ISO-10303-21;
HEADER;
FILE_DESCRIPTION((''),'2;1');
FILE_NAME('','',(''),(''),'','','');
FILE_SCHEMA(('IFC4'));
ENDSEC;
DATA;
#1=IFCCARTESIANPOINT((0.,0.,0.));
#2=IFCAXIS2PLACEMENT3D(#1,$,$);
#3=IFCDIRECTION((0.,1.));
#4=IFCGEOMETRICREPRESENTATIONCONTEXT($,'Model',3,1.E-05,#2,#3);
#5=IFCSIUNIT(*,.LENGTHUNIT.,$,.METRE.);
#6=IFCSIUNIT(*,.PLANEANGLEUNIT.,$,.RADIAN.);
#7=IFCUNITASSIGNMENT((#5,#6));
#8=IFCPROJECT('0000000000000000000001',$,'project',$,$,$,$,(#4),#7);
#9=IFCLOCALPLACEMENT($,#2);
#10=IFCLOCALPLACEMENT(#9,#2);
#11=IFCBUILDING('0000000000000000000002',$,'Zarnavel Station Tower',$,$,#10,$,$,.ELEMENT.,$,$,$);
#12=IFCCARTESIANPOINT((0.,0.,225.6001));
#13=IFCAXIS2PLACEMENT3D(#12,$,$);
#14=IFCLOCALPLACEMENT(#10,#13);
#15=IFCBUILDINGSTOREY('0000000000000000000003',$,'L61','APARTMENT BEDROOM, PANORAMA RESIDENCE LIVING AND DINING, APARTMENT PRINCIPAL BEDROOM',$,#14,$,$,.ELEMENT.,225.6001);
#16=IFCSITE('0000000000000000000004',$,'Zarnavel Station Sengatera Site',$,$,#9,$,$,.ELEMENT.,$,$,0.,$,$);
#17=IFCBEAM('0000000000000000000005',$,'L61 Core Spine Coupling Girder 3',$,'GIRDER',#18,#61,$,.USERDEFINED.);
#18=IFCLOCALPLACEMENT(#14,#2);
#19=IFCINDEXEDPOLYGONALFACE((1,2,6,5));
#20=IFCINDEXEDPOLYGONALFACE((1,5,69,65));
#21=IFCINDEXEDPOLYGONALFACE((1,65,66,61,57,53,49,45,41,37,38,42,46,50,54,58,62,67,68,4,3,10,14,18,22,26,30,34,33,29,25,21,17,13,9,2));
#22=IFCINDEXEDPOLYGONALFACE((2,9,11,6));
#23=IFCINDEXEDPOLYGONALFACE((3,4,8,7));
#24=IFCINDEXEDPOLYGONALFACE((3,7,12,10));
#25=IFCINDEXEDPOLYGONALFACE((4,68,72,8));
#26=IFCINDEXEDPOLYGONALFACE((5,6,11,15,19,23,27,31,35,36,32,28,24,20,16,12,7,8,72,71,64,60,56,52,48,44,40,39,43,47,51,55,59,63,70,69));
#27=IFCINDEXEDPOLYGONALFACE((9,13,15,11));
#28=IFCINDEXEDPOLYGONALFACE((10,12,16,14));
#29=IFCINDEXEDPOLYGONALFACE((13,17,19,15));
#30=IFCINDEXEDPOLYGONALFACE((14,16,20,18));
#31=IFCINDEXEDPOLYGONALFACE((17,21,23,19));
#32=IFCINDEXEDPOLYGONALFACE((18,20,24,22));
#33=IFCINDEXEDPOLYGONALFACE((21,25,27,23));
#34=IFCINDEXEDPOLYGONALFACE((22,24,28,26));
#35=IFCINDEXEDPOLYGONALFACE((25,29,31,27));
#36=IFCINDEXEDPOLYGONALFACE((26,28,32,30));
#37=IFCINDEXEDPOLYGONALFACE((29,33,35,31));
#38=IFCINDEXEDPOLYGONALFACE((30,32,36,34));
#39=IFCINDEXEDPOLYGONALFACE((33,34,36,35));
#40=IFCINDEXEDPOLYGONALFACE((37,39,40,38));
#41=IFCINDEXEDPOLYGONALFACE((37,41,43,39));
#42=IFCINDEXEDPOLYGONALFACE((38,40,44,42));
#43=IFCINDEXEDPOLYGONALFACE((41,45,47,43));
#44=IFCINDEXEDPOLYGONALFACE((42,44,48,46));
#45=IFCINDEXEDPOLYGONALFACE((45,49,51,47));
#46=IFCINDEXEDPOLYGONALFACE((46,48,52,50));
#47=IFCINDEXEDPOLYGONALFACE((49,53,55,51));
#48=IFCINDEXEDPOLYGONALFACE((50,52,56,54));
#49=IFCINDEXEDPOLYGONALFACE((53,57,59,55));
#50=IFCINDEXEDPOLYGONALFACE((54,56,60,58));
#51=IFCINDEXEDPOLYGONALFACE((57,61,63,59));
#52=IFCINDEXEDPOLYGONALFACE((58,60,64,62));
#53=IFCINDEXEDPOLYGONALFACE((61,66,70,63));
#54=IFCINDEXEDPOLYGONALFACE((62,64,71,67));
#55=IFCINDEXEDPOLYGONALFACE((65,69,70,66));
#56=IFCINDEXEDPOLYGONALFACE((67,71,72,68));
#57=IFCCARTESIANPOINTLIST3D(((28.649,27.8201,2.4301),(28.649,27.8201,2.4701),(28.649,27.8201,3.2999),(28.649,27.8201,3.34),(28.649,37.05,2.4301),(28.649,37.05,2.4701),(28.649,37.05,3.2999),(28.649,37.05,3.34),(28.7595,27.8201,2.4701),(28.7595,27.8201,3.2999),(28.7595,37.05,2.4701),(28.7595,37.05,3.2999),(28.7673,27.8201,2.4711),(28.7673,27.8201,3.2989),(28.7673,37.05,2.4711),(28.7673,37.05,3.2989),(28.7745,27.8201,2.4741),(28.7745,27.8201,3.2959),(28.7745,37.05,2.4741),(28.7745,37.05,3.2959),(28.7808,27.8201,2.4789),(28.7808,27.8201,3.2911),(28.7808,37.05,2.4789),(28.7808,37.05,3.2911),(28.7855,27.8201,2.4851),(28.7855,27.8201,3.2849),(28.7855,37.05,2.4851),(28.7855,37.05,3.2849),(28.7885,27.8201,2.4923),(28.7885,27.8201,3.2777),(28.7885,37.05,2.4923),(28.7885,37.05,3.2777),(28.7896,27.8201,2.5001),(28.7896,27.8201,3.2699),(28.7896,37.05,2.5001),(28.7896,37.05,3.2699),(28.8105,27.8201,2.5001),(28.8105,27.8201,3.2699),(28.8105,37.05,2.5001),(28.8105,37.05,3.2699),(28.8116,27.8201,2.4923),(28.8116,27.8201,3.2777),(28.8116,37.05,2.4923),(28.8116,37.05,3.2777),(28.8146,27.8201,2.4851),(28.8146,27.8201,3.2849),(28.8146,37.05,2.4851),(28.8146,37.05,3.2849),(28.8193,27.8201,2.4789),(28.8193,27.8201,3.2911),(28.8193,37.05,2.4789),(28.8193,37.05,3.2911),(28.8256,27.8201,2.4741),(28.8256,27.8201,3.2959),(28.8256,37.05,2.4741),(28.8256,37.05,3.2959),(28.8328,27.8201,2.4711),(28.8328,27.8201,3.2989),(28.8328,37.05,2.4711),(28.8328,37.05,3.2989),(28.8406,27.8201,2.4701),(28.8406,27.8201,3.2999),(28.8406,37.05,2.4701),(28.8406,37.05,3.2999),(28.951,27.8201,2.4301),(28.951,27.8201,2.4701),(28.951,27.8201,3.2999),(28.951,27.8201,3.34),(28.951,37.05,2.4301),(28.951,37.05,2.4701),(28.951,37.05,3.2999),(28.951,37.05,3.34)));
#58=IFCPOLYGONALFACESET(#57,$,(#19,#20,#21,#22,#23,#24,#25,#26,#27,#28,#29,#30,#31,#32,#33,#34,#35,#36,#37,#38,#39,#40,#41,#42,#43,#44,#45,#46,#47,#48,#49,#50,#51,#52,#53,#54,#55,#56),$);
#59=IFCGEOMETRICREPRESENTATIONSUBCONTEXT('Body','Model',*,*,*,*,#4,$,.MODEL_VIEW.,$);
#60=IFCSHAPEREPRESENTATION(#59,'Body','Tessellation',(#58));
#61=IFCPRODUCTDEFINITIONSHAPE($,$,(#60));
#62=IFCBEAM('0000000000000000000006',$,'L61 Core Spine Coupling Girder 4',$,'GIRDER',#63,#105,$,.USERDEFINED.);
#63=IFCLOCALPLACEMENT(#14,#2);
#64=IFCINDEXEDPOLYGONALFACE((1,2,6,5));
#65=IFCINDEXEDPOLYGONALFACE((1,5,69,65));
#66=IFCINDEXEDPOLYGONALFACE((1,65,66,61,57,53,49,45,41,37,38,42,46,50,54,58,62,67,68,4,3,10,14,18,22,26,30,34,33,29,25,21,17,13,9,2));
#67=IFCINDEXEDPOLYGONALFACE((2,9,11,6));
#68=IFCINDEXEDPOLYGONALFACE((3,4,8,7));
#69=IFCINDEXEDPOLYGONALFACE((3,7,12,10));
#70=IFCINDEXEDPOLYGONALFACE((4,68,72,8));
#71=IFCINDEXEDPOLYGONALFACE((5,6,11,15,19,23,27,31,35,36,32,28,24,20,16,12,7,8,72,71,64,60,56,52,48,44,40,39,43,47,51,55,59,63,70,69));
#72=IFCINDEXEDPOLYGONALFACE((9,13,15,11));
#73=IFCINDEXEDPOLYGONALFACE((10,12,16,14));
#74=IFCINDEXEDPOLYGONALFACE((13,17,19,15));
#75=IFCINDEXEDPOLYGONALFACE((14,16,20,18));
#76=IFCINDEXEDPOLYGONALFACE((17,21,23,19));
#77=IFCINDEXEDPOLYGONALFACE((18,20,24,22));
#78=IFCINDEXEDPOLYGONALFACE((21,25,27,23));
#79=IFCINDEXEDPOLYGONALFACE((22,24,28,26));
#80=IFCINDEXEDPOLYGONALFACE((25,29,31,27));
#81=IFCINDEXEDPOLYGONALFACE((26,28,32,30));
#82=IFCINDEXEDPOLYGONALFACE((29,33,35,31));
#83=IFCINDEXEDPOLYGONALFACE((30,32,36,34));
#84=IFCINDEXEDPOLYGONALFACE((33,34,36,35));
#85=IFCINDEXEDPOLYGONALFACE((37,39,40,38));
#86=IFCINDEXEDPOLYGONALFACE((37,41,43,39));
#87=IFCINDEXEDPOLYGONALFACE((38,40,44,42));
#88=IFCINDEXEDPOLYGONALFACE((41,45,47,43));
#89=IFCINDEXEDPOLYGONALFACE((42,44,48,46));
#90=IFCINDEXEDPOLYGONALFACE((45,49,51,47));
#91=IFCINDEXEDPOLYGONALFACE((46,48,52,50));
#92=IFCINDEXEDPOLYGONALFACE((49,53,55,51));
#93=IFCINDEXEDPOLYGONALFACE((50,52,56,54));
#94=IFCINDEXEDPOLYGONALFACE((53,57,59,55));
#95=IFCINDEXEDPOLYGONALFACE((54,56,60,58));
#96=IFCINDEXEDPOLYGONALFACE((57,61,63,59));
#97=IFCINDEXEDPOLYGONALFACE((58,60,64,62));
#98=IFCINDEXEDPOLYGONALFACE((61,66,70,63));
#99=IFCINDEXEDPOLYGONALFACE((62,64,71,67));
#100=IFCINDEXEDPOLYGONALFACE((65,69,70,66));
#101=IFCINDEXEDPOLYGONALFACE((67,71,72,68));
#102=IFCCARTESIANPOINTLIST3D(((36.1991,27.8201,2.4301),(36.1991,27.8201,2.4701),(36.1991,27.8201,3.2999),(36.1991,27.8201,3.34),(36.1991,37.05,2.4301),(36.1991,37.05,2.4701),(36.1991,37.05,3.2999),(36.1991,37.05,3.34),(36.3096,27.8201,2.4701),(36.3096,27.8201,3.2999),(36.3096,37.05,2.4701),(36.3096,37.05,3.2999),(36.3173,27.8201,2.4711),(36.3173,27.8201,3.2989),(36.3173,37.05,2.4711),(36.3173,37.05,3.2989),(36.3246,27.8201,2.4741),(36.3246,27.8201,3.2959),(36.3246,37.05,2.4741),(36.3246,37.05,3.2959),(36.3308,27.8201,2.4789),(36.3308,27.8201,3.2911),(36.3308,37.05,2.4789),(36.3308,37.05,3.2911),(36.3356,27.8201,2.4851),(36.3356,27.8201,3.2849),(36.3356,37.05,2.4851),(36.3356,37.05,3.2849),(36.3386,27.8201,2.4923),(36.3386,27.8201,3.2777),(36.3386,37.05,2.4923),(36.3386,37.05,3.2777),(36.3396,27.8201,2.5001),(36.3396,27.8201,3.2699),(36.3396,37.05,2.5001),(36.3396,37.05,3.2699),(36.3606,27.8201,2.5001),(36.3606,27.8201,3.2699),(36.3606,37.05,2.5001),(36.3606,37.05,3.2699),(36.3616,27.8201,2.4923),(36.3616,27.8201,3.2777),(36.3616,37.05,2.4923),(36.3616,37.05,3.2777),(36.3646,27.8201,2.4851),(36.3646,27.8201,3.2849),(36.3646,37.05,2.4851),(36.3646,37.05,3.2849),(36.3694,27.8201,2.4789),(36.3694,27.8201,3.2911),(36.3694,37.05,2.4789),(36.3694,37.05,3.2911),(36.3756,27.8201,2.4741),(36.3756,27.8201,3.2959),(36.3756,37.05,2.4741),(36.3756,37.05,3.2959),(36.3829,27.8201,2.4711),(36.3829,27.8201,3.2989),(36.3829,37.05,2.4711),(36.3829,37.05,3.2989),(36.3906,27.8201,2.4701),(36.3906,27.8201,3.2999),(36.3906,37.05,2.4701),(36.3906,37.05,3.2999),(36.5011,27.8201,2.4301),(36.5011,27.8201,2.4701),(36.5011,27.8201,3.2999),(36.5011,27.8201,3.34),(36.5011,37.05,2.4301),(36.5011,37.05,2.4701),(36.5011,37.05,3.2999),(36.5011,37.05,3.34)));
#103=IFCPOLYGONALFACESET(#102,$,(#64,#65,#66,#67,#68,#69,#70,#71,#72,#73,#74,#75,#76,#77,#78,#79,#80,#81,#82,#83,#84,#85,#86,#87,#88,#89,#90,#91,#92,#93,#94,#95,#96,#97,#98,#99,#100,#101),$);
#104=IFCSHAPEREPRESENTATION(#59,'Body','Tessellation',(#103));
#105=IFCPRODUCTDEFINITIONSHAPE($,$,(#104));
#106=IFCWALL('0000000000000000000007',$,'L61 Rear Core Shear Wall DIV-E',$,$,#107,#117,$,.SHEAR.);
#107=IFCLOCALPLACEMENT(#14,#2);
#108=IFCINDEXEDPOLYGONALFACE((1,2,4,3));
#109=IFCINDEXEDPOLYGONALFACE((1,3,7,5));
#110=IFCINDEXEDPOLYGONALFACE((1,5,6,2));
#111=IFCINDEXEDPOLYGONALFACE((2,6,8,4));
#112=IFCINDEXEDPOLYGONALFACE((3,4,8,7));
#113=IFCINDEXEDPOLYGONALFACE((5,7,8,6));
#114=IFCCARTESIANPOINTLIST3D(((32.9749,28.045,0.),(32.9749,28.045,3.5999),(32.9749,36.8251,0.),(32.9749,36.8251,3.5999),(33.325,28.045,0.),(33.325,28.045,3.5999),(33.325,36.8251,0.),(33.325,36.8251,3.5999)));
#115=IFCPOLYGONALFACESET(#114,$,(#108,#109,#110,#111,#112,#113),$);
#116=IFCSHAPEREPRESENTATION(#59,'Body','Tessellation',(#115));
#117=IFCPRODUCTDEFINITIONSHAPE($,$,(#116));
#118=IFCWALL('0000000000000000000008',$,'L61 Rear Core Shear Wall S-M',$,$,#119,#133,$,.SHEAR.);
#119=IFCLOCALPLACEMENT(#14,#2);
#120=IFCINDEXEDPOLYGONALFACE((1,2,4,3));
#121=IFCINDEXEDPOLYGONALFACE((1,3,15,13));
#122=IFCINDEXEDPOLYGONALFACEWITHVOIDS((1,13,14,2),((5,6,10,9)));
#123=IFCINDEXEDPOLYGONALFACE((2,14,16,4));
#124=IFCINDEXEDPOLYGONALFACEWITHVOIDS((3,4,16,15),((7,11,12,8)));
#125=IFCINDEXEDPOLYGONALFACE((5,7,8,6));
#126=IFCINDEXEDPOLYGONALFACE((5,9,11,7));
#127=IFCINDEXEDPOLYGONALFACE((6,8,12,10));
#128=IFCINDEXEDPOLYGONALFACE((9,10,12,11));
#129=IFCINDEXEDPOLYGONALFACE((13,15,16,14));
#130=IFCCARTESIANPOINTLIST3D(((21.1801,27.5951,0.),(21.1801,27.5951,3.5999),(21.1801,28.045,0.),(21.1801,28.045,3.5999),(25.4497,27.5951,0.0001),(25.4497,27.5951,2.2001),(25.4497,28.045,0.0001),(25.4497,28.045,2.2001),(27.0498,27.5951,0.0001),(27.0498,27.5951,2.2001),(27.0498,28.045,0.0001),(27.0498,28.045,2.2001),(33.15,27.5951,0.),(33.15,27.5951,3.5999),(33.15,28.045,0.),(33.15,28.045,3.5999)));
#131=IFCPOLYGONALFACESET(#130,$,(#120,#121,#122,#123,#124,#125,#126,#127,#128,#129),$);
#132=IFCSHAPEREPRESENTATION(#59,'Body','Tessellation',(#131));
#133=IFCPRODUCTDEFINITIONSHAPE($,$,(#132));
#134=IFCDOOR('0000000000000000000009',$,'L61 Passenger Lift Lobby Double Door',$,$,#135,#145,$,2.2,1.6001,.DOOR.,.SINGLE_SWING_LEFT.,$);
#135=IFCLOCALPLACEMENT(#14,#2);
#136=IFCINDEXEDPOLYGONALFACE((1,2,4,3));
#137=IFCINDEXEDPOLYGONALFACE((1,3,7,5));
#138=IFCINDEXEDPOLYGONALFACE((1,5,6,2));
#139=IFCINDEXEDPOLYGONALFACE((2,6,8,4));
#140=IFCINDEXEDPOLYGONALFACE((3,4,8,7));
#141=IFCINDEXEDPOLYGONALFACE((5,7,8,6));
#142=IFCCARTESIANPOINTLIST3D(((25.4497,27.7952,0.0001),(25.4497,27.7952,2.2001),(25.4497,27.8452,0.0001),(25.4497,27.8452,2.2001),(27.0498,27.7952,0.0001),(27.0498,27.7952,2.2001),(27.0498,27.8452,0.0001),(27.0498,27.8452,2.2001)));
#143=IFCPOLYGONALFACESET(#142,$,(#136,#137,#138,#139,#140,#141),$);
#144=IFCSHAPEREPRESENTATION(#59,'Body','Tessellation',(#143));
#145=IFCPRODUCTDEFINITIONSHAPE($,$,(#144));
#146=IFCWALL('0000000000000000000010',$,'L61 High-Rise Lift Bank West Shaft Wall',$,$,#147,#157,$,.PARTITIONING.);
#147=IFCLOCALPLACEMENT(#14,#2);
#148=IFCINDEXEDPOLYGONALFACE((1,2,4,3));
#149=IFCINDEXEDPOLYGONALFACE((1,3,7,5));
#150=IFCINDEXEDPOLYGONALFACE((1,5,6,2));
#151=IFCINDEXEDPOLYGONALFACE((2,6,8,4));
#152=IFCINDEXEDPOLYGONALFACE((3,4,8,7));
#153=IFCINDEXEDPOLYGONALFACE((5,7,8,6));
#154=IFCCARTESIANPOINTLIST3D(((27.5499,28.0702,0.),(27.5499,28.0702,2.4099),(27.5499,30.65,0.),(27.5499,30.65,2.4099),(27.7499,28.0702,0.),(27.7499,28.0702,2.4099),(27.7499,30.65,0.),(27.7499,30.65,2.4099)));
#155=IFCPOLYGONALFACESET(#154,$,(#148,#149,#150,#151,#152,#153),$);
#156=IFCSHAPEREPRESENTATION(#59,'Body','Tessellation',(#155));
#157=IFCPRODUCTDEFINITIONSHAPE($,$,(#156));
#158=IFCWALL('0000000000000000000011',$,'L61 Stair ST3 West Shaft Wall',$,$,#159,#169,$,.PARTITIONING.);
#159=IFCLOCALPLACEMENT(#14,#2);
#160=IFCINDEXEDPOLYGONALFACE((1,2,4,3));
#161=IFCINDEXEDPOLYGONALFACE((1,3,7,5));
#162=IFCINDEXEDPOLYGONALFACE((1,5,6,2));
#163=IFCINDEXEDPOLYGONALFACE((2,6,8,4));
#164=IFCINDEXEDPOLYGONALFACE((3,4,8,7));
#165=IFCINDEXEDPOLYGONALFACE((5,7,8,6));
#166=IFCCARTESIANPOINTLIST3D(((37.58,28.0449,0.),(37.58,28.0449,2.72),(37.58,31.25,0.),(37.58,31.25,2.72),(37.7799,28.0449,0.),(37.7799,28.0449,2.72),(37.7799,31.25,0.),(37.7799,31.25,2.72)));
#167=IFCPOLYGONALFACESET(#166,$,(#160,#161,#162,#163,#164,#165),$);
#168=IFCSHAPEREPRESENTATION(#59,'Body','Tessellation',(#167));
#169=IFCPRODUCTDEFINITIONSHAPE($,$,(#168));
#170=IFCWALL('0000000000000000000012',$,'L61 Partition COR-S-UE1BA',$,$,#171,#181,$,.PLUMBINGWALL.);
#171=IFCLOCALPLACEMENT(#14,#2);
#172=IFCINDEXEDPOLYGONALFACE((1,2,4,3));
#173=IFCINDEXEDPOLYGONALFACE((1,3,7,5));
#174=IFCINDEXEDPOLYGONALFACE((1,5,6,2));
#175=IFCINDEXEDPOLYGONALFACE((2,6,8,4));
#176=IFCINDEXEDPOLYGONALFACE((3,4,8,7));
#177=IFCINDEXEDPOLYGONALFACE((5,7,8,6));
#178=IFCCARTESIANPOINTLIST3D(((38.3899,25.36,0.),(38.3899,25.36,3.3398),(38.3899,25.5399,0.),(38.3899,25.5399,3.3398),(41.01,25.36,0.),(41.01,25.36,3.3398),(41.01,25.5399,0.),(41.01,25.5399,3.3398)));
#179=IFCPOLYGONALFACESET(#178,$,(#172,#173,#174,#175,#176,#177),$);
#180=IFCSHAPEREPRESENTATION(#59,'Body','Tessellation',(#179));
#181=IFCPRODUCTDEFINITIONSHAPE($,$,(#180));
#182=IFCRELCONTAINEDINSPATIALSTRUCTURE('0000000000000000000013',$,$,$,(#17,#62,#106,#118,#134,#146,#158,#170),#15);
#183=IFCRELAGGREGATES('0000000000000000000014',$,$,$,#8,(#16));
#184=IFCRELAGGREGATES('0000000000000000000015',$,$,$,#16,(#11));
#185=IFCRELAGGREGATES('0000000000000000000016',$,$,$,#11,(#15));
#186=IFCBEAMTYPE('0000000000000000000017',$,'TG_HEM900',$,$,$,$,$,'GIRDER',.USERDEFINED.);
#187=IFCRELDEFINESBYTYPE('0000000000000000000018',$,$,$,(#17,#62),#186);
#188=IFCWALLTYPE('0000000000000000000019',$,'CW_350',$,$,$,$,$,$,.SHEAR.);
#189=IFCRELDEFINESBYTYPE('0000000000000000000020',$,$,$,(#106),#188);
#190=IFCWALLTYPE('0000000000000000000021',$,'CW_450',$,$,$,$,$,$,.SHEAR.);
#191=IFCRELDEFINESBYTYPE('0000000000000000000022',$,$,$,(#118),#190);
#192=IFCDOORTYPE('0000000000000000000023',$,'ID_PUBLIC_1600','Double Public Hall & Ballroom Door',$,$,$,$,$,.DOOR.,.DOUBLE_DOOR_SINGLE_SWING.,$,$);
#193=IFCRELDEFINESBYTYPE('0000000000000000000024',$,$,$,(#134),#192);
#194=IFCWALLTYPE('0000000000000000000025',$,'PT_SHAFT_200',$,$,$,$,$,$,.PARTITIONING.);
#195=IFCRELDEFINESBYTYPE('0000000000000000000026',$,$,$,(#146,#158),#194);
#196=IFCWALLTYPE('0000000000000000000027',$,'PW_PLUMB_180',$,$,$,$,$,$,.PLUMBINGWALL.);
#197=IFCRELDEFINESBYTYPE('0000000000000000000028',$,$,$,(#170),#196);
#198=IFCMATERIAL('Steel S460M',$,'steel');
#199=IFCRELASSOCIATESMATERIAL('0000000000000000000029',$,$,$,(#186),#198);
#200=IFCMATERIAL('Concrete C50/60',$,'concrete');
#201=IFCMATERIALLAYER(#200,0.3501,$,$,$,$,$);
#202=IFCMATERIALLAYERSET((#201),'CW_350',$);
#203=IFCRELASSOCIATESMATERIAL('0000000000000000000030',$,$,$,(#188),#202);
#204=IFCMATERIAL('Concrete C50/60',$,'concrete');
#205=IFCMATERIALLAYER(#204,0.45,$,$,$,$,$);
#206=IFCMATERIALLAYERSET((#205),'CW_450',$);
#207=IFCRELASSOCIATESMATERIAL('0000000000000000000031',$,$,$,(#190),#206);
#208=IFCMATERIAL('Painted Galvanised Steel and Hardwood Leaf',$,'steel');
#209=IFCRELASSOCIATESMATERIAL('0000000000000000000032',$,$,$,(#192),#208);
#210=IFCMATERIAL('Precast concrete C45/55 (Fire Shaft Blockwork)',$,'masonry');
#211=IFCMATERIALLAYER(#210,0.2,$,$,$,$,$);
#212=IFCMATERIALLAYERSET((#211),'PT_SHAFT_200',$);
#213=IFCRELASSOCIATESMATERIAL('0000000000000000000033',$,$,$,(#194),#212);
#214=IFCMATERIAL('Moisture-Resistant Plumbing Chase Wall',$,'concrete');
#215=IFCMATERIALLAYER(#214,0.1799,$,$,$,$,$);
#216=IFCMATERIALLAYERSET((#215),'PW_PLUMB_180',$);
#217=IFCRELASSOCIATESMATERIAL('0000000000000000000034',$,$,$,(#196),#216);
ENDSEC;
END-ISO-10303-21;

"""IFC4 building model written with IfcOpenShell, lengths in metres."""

from ifc_helpers import new_model, si_unit, direction, frame, frame_2d, origin, origin_2d, place, context, subcontext, project, spatial, rectangle, i_section, extrude, material, layer, layer_set, material_profile, profile_set, type_object, element, fill, save


model = new_model("IFC4")

# Units and contexts
model_context = context("Model", 3, precision=1e-05, world=origin(), true_north=direction((0.0, 1.0)))
body_context = subcontext(model_context, "Body", "Model", "MODEL_VIEW")
ifc_project = project(units=[si_unit("LENGTHUNIT", "METRE"), si_unit("PLANEANGLEUNIT", "RADIAN")], contexts=[model_context])

# Site, building, storey
site_placement = place(None, origin())
site = spatial("IfcSite", under=ifc_project, at=site_placement, Name="Zarnavel Station Sengatera Site", CompositionType="ELEMENT", RefElevation=0.0)
building_placement = place(site_placement, origin())
building = spatial("IfcBuilding", under=site, at=building_placement, Name="Zarnavel Station Tower", CompositionType="ELEMENT")
storey_placement = place(building_placement, frame((0.0, 0.0, 225.6001)))
storey = spatial("IfcBuildingStorey", under=building, at=storey_placement, Name="L61", Description="APARTMENT BEDROOM, PANORAMA RESIDENCE LIVING AND DINING, APARTMENT PRINCIPAL BEDROOM", CompositionType="ELEMENT", Elevation=225.6001)

# Beams
ifc_material_1 = material(Name="Steel S460M", Category="steel")
ifc_material_profile_1 = material_profile(ifc_material_1, i_section(OverallWidth=0.302, OverallDepth=0.9099, WebThickness=0.021, FlangeThickness=0.04, FilletRadius=0.03, at=origin_2d()), Name="HEM900")
ifc_profile_set_1 = profile_set([ifc_material_profile_1], Name="Steel S460M")
beam_type_1 = type_object("IfcBeamType", Name="TG_HEM900", ElementType="GIRDER", PredefinedType="USERDEFINED", material=ifc_profile_set_1)
for number, where, z_axis, x_axis, name in (
    (1, (28.8, 27.8201, 2.885), (0.0, 1.0, 0.0), (-1.0, 0.0, 0.0), "L61 Core Spine Coupling Girder 3"),
    (2, (36.3501, 27.8201, 2.885), (0.0, 1.0, 0.0), (-1.0, 0.0, 0.0), "L61 Core Spine Coupling Girder 4"),
):
    element("IfcBeam", number, at=place(storey_placement, frame(where, z_axis=z_axis, x_axis=x_axis)), inside=storey, type_object=beam_type_1, Name=name, ObjectType="GIRDER", PredefinedType="USERDEFINED", context=body_context, shape_type="SweptSolid", body=[
        extrude(i_section(OverallWidth=0.302, OverallDepth=0.9099, WebThickness=0.021, FlangeThickness=0.04, FilletRadius=0.03, at=origin_2d()), origin(), (0.0, 0.0, 1.0), 9.23),
    ])

# Wall
ifc_material_2 = material(Name="Concrete C50/60", Category="concrete")
ifc_layer_1 = layer(ifc_material_2, 0.3501)
ifc_layer_set_1 = layer_set([ifc_layer_1], Name="CW_350")
wall_type_1 = type_object("IfcWallType", Name="CW_350", PredefinedType="SHEAR", material=ifc_layer_set_1)
wall_1_placement = place(storey_placement, frame((33.1499, 28.0449, 0.0), z_axis=(0.0, 0.0, 1.0), x_axis=(0.0, 1.0, 0.0)))
element("IfcWall", 3, at=wall_1_placement, inside=storey, type_object=wall_type_1, Name="L61 Rear Core Shear Wall DIV-E", PredefinedType="SHEAR", context=body_context, shape_type="SweptSolid", body=[
    extrude(rectangle(XDim=8.78, YDim=0.3501, at=frame_2d((4.3901, 0.0))), origin(), (0.0, 0.0, 1.0), 3.5999),
])

# Wall, opening, door
ifc_material_3 = material(Name="Concrete C50/60", Category="concrete")
ifc_layer_2 = layer(ifc_material_3, 0.45)
ifc_layer_set_2 = layer_set([ifc_layer_2], Name="CW_450")
wall_type_2 = type_object("IfcWallType", Name="CW_450", PredefinedType="SHEAR", material=ifc_layer_set_2)
wall_2_placement = place(storey_placement, frame((33.1499, 27.8201, 0.0), z_axis=(0.0, 0.0, 1.0), x_axis=(-1.0, 0.0, 0.0)))
wall_2 = element("IfcWall", 4, at=wall_2_placement, inside=storey, type_object=wall_type_2, Name="L61 Rear Core Shear Wall S-M", PredefinedType="SHEAR", context=body_context, shape_type="SweptSolid", body=[
    extrude(rectangle(XDim=11.97, YDim=0.45, at=frame_2d((5.9849, 0.0))), origin(), (0.0, 0.0, 1.0), 3.5999),
])
opening_1_placement = place(wall_2_placement, frame((6.1001, 0.0, 0.0)))
opening_1 = element("IfcOpeningElement", 5, at=opening_1_placement, cuts=wall_2, PredefinedType="OPENING", context=body_context, shape_type="SweptSolid", body=[
    extrude(rectangle(XDim=1.6001, YDim=2.2, at=frame_2d((0.8, 1.1001))), frame((0.0, 0.2349, 0.0), z_axis=(0.0, -1.0, 0.0), x_axis=(1.0, 0.0, 0.0)), (0.0, 0.0, 1.0), 0.47),
])
ifc_material_4 = material(Name="Painted Galvanised Steel and Hardwood Leaf", Category="steel")
door_type_1 = type_object("IfcDoorType", Name="ID_PUBLIC_1600", Description="Double Public Hall & Ballroom Door", OperationType="DOUBLE_DOOR_SINGLE_SWING", PredefinedType="DOOR", material=ifc_material_4)
door_1_placement = place(opening_1_placement, origin())
door_1 = element("IfcDoor", 6, at=door_1_placement, inside=storey, type_object=door_type_1, Name="L61 Passenger Lift Lobby Double Door", OperationType="SINGLE_SWING_LEFT", OverallHeight=2.2, OverallWidth=1.6001, PredefinedType="DOOR", context=body_context, shape_type="SweptSolid", body=[
    extrude(rectangle(XDim=1.6001, YDim=2.2, at=frame_2d((0.8, 1.1001))), frame((0.0, 0.0249, 0.0), z_axis=(0.0, -1.0, 0.0), x_axis=(1.0, 0.0, 0.0)), (0.0, 0.0, 1.0), 0.05),
])
fill(opening_1, door_1)

# Walls
ifc_material_5 = material(Name="Precast concrete C45/55 (Fire Shaft Blockwork)", Category="masonry")
ifc_layer_3 = layer(ifc_material_5, 0.2)
ifc_layer_set_3 = layer_set([ifc_layer_3], Name="PT_SHAFT_200")
wall_type_3 = type_object("IfcWallType", Name="PT_SHAFT_200", PredefinedType="PARTITIONING", material=ifc_layer_set_3)
wall_3_placement = place(storey_placement, frame((27.6499, 28.0701, 0.0), z_axis=(0.0, 0.0, 1.0), x_axis=(0.0, 1.0, 0.0)))
element("IfcWall", 7, at=wall_3_placement, inside=storey, type_object=wall_type_3, Name="L61 High-Rise Lift Bank West Shaft Wall", PredefinedType="PARTITIONING", context=body_context, shape_type="SweptSolid", body=[
    extrude(rectangle(XDim=2.5798, YDim=0.2, at=frame_2d((1.29, 0.0))), origin(), (0.0, 0.0, 1.0), 2.4099),
])
wall_4_placement = place(storey_placement, frame((37.6799, 28.0449, 0.0), z_axis=(0.0, 0.0, 1.0), x_axis=(0.0, 1.0, 0.0)))
element("IfcWall", 8, at=wall_4_placement, inside=storey, type_object=wall_type_3, Name="L61 Stair ST3 West Shaft Wall", PredefinedType="PARTITIONING", context=body_context, shape_type="SweptSolid", body=[
    extrude(rectangle(XDim=3.2051, YDim=0.2, at=frame_2d((1.6025, 0.0))), origin(), (0.0, 0.0, 1.0), 2.72),
])
ifc_material_6 = material(Name="Moisture-Resistant Plumbing Chase Wall", Category="concrete")
ifc_layer_4 = layer(ifc_material_6, 0.1799)
ifc_layer_set_4 = layer_set([ifc_layer_4], Name="PW_PLUMB_180")
wall_type_4 = type_object("IfcWallType", Name="PW_PLUMB_180", PredefinedType="PLUMBINGWALL", material=ifc_layer_set_4)
wall_5_placement = place(storey_placement, frame((38.3899, 25.45, 0.0), z_axis=(0.0, 0.0, 1.0), x_axis=(1.0, 0.0, 0.0)))
element("IfcWall", 9, at=wall_5_placement, inside=storey, type_object=wall_type_4, Name="L61 Partition COR-S-UE1BA", PredefinedType="PLUMBINGWALL", context=body_context, shape_type="SweptSolid", body=[
    extrude(rectangle(XDim=2.6201, YDim=0.1799, at=frame_2d((1.3101, 0.0))), origin(), (0.0, 0.0, 1.0), 3.3398),
])

save(model, "model.ifc")
